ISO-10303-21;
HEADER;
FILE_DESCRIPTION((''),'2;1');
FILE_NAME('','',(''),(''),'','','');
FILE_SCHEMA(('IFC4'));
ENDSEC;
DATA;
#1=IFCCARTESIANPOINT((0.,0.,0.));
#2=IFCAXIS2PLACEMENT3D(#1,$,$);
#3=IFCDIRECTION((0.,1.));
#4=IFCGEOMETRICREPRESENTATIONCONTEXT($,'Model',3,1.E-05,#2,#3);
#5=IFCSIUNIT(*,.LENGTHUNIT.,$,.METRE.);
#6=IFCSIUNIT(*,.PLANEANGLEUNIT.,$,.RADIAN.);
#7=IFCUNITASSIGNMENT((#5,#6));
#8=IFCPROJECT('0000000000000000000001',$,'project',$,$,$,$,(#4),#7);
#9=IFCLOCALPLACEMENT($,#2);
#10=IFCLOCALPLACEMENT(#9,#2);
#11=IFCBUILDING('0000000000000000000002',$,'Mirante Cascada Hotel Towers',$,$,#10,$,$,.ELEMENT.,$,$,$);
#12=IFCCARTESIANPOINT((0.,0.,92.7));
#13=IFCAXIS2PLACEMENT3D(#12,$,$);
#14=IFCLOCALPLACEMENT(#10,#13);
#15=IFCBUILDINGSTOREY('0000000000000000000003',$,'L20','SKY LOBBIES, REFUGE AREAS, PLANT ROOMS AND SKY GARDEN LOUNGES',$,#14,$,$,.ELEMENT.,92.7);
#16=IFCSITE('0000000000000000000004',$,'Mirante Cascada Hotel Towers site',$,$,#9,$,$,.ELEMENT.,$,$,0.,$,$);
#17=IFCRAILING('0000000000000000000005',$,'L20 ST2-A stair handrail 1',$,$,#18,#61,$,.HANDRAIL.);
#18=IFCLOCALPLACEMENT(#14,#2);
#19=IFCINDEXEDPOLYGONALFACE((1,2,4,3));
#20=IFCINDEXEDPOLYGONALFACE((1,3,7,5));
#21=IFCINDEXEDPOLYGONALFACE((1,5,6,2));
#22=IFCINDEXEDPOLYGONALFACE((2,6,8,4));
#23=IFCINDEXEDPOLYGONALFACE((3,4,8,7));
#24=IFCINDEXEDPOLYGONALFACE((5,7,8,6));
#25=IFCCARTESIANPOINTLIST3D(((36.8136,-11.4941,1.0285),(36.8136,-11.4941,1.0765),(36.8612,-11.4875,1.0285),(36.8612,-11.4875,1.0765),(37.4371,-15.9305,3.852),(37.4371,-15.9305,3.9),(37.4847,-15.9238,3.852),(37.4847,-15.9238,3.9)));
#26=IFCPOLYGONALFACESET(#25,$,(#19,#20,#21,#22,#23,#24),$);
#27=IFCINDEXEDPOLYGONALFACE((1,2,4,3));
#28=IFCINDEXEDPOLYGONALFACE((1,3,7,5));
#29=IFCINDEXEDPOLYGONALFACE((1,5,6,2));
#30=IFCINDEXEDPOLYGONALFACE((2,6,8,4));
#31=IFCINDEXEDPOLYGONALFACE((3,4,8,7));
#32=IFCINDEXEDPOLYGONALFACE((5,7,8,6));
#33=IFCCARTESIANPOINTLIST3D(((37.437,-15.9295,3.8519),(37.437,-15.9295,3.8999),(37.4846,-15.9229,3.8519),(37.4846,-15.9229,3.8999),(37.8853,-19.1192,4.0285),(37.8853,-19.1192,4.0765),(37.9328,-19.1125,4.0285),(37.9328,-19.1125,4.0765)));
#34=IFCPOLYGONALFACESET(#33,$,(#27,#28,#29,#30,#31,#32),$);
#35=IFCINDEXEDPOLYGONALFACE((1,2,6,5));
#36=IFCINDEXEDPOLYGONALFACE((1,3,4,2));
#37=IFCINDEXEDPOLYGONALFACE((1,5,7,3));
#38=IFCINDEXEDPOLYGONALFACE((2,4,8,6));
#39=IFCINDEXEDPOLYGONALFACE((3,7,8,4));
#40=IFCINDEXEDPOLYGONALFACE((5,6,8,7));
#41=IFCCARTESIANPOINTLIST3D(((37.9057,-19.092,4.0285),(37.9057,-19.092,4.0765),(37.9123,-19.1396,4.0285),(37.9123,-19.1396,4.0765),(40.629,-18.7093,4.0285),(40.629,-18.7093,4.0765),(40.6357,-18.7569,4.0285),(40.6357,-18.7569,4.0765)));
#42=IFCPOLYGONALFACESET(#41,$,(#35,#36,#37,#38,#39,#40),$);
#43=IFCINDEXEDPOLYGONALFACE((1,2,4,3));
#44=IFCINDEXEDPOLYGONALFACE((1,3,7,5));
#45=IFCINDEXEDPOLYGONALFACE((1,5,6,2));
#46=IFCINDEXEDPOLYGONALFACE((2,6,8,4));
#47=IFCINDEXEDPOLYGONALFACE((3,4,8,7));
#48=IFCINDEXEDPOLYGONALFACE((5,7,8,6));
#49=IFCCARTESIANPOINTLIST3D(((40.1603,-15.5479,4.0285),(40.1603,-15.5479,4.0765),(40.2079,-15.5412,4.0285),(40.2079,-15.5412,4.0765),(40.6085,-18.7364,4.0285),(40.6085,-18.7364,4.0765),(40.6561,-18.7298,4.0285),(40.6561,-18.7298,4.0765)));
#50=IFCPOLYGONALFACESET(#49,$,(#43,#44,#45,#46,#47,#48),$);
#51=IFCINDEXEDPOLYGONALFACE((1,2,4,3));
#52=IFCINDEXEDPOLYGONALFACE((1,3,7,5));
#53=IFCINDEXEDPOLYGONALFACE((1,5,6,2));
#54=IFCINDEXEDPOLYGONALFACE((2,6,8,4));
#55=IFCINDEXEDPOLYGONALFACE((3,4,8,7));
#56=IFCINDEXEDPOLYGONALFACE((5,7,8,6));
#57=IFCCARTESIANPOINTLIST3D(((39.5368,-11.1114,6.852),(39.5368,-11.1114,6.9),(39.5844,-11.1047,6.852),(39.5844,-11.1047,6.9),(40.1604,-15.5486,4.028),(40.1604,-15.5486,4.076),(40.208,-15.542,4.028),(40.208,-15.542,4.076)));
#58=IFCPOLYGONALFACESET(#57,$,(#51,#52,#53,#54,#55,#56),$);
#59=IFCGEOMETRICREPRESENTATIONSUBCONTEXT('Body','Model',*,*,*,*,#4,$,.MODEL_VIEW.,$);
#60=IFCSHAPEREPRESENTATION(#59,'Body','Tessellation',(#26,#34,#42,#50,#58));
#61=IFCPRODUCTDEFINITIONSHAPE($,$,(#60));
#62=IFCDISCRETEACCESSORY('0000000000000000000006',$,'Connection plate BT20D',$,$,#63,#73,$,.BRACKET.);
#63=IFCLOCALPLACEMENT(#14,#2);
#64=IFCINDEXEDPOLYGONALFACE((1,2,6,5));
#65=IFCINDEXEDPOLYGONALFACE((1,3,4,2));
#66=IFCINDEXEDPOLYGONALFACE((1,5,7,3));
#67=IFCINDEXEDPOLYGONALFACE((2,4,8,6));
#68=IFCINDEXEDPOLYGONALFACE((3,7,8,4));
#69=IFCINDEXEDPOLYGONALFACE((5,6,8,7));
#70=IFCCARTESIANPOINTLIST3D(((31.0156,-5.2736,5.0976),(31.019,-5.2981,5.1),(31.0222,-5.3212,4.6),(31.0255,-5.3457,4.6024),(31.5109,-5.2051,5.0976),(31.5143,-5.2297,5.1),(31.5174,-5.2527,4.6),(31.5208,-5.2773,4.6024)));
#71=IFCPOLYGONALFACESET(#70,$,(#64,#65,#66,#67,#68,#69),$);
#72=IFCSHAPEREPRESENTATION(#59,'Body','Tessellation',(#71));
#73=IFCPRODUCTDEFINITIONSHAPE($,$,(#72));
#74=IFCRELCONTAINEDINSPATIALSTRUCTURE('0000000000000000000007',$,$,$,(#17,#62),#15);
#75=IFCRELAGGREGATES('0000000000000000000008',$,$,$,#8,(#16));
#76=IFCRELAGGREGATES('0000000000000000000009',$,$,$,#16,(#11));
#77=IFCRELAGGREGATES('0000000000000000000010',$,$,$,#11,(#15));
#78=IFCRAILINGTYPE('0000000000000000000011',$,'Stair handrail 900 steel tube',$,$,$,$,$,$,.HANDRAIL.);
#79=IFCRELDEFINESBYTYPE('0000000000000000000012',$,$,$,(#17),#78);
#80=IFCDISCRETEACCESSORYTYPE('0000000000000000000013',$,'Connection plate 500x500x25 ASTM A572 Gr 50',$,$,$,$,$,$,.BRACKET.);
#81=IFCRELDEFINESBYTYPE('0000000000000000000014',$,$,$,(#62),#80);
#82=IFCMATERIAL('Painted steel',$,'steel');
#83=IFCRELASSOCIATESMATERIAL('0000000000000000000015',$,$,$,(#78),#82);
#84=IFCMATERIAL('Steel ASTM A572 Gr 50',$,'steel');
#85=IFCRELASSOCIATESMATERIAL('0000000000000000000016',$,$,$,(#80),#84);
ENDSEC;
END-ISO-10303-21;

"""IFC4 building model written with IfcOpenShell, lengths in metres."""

from ifc_helpers import new_model, si_unit, direction, frame, origin, origin_2d, place, context, subcontext, project, spatial, rectangle, extrude, material, material_profile, profile_set, type_object, element, save


model = new_model("IFC4")

# Units and contexts
model_context = context("Model", 3, precision=1e-05, world=origin(), true_north=direction((0.0, 1.0)))
body_context = subcontext(model_context, "Body", "Model", "MODEL_VIEW")
ifc_project = project(units=[si_unit("LENGTHUNIT", "METRE"), si_unit("PLANEANGLEUNIT", "RADIAN")], contexts=[model_context])

# Site, building, storey
site_placement = place(None, origin())
site = spatial("IfcSite", under=ifc_project, at=site_placement, Name="Mirante Cascada Hotel Towers site", CompositionType="ELEMENT", RefElevation=0.0)
building_placement = place(site_placement, origin())
building = spatial("IfcBuilding", under=site, at=building_placement, Name="Mirante Cascada Hotel Towers", CompositionType="ELEMENT")
storey_placement = place(building_placement, frame((0.0, 0.0, 92.7)))
storey = spatial("IfcBuildingStorey", under=building, at=storey_placement, Name="L20", Description="SKY LOBBIES, REFUGE AREAS, PLANT ROOMS AND SKY GARDEN LOUNGES", CompositionType="ELEMENT", Elevation=92.7)

# Railing
ifc_material_1 = material(Name="Painted steel", Category="steel")
railing_type = type_object("IfcRailingType", Name="Stair handrail 900 steel tube", PredefinedType="HANDRAIL", material=ifc_material_1)
railing_placement = place(storey_placement, frame((36.8374, -11.4908, 0.1765)))
element("IfcRailing", 1, at=railing_placement, inside=storey, type_object=railing_type, Name="L20 ST2-A stair handrail 1", PredefinedType="HANDRAIL", context=body_context, shape_type="SweptSolid", body=[
    extrude(rectangle(XDim=0.048, YDim=0.048, at=origin_2d()), frame((0.0, 0.0, 0.876), z_axis=(0.139174, -0.990268, 0.0), x_axis=(0.990268, 0.139174, 0.0)), (0.0, 0.533186, 0.845998), 5.2955),
    extrude(rectangle(XDim=0.048, YDim=0.048, at=origin_2d()), frame((0.6234, -4.4354, 3.6994), z_axis=(0.139164, -0.990269, 0.0), x_axis=(0.990269, 0.139164, 0.0)), (0.0, 0.054733, 0.998501), 3.2258),
    extrude(rectangle(XDim=0.048, YDim=0.048, at=origin_2d()), frame((1.0716, -7.625, 3.876), z_axis=(0.99027, 0.139161, 0.0), x_axis=(-0.139161, 0.99027, 0.0)), (0.0, 0.0, 1.0), 2.7501),
    extrude(rectangle(XDim=0.048, YDim=0.048, at=origin_2d()), frame((3.7949, -7.2423, 3.876), z_axis=(-0.139195, 0.990265, 0.0), x_axis=(-0.990265, -0.139195, 0.0)), (0.0, 0.0, 1.0), 3.2199),
    extrude(rectangle(XDim=0.048, YDim=0.048, at=origin_2d()), frame((3.3468, -4.0545, 3.8755), z_axis=(-0.139174, 0.990268, 0.0), x_axis=(-0.990268, -0.139174, 0.0)), (0.0, 0.533186, 0.845998), 5.2965),
])

# Discrete accessory
ifc_material_2 = material(Name="Steel ASTM A572 Gr 50", Category="steel")
ifc_material_profile_1 = material_profile(ifc_material_2, rectangle(XDim=0.5, YDim=0.5, at=origin_2d()), Name="Connection plate 500x500x25 ASTM A572 Gr 50")
ifc_profile_set_1 = profile_set([ifc_material_profile_1], Name="Steel ASTM A572 Gr 50")
discrete_accessory_type = type_object("IfcDiscreteAccessoryType", Name="Connection plate 500x500x25 ASTM A572 Gr 50", PredefinedType="BRACKET", material=ifc_profile_set_1)
discrete_accessory_placement = place(storey_placement, frame((31.2699, -5.2877, 4.8512), z_axis=(-0.136275, 0.98599, -0.096194), x_axis=(-0.990583, -0.13691, 0.0)))
element("IfcDiscreteAccessory", 2, at=discrete_accessory_placement, inside=storey, type_object=discrete_accessory_type, Name="Connection plate BT20D", PredefinedType="BRACKET", context=body_context, shape_type="SweptSolid", body=[
    extrude(rectangle(XDim=0.5, YDim=0.5, at=origin_2d()), origin(), (0.0, 0.0, 1.0), 0.0249),
])

save(model, "model.ifc")
